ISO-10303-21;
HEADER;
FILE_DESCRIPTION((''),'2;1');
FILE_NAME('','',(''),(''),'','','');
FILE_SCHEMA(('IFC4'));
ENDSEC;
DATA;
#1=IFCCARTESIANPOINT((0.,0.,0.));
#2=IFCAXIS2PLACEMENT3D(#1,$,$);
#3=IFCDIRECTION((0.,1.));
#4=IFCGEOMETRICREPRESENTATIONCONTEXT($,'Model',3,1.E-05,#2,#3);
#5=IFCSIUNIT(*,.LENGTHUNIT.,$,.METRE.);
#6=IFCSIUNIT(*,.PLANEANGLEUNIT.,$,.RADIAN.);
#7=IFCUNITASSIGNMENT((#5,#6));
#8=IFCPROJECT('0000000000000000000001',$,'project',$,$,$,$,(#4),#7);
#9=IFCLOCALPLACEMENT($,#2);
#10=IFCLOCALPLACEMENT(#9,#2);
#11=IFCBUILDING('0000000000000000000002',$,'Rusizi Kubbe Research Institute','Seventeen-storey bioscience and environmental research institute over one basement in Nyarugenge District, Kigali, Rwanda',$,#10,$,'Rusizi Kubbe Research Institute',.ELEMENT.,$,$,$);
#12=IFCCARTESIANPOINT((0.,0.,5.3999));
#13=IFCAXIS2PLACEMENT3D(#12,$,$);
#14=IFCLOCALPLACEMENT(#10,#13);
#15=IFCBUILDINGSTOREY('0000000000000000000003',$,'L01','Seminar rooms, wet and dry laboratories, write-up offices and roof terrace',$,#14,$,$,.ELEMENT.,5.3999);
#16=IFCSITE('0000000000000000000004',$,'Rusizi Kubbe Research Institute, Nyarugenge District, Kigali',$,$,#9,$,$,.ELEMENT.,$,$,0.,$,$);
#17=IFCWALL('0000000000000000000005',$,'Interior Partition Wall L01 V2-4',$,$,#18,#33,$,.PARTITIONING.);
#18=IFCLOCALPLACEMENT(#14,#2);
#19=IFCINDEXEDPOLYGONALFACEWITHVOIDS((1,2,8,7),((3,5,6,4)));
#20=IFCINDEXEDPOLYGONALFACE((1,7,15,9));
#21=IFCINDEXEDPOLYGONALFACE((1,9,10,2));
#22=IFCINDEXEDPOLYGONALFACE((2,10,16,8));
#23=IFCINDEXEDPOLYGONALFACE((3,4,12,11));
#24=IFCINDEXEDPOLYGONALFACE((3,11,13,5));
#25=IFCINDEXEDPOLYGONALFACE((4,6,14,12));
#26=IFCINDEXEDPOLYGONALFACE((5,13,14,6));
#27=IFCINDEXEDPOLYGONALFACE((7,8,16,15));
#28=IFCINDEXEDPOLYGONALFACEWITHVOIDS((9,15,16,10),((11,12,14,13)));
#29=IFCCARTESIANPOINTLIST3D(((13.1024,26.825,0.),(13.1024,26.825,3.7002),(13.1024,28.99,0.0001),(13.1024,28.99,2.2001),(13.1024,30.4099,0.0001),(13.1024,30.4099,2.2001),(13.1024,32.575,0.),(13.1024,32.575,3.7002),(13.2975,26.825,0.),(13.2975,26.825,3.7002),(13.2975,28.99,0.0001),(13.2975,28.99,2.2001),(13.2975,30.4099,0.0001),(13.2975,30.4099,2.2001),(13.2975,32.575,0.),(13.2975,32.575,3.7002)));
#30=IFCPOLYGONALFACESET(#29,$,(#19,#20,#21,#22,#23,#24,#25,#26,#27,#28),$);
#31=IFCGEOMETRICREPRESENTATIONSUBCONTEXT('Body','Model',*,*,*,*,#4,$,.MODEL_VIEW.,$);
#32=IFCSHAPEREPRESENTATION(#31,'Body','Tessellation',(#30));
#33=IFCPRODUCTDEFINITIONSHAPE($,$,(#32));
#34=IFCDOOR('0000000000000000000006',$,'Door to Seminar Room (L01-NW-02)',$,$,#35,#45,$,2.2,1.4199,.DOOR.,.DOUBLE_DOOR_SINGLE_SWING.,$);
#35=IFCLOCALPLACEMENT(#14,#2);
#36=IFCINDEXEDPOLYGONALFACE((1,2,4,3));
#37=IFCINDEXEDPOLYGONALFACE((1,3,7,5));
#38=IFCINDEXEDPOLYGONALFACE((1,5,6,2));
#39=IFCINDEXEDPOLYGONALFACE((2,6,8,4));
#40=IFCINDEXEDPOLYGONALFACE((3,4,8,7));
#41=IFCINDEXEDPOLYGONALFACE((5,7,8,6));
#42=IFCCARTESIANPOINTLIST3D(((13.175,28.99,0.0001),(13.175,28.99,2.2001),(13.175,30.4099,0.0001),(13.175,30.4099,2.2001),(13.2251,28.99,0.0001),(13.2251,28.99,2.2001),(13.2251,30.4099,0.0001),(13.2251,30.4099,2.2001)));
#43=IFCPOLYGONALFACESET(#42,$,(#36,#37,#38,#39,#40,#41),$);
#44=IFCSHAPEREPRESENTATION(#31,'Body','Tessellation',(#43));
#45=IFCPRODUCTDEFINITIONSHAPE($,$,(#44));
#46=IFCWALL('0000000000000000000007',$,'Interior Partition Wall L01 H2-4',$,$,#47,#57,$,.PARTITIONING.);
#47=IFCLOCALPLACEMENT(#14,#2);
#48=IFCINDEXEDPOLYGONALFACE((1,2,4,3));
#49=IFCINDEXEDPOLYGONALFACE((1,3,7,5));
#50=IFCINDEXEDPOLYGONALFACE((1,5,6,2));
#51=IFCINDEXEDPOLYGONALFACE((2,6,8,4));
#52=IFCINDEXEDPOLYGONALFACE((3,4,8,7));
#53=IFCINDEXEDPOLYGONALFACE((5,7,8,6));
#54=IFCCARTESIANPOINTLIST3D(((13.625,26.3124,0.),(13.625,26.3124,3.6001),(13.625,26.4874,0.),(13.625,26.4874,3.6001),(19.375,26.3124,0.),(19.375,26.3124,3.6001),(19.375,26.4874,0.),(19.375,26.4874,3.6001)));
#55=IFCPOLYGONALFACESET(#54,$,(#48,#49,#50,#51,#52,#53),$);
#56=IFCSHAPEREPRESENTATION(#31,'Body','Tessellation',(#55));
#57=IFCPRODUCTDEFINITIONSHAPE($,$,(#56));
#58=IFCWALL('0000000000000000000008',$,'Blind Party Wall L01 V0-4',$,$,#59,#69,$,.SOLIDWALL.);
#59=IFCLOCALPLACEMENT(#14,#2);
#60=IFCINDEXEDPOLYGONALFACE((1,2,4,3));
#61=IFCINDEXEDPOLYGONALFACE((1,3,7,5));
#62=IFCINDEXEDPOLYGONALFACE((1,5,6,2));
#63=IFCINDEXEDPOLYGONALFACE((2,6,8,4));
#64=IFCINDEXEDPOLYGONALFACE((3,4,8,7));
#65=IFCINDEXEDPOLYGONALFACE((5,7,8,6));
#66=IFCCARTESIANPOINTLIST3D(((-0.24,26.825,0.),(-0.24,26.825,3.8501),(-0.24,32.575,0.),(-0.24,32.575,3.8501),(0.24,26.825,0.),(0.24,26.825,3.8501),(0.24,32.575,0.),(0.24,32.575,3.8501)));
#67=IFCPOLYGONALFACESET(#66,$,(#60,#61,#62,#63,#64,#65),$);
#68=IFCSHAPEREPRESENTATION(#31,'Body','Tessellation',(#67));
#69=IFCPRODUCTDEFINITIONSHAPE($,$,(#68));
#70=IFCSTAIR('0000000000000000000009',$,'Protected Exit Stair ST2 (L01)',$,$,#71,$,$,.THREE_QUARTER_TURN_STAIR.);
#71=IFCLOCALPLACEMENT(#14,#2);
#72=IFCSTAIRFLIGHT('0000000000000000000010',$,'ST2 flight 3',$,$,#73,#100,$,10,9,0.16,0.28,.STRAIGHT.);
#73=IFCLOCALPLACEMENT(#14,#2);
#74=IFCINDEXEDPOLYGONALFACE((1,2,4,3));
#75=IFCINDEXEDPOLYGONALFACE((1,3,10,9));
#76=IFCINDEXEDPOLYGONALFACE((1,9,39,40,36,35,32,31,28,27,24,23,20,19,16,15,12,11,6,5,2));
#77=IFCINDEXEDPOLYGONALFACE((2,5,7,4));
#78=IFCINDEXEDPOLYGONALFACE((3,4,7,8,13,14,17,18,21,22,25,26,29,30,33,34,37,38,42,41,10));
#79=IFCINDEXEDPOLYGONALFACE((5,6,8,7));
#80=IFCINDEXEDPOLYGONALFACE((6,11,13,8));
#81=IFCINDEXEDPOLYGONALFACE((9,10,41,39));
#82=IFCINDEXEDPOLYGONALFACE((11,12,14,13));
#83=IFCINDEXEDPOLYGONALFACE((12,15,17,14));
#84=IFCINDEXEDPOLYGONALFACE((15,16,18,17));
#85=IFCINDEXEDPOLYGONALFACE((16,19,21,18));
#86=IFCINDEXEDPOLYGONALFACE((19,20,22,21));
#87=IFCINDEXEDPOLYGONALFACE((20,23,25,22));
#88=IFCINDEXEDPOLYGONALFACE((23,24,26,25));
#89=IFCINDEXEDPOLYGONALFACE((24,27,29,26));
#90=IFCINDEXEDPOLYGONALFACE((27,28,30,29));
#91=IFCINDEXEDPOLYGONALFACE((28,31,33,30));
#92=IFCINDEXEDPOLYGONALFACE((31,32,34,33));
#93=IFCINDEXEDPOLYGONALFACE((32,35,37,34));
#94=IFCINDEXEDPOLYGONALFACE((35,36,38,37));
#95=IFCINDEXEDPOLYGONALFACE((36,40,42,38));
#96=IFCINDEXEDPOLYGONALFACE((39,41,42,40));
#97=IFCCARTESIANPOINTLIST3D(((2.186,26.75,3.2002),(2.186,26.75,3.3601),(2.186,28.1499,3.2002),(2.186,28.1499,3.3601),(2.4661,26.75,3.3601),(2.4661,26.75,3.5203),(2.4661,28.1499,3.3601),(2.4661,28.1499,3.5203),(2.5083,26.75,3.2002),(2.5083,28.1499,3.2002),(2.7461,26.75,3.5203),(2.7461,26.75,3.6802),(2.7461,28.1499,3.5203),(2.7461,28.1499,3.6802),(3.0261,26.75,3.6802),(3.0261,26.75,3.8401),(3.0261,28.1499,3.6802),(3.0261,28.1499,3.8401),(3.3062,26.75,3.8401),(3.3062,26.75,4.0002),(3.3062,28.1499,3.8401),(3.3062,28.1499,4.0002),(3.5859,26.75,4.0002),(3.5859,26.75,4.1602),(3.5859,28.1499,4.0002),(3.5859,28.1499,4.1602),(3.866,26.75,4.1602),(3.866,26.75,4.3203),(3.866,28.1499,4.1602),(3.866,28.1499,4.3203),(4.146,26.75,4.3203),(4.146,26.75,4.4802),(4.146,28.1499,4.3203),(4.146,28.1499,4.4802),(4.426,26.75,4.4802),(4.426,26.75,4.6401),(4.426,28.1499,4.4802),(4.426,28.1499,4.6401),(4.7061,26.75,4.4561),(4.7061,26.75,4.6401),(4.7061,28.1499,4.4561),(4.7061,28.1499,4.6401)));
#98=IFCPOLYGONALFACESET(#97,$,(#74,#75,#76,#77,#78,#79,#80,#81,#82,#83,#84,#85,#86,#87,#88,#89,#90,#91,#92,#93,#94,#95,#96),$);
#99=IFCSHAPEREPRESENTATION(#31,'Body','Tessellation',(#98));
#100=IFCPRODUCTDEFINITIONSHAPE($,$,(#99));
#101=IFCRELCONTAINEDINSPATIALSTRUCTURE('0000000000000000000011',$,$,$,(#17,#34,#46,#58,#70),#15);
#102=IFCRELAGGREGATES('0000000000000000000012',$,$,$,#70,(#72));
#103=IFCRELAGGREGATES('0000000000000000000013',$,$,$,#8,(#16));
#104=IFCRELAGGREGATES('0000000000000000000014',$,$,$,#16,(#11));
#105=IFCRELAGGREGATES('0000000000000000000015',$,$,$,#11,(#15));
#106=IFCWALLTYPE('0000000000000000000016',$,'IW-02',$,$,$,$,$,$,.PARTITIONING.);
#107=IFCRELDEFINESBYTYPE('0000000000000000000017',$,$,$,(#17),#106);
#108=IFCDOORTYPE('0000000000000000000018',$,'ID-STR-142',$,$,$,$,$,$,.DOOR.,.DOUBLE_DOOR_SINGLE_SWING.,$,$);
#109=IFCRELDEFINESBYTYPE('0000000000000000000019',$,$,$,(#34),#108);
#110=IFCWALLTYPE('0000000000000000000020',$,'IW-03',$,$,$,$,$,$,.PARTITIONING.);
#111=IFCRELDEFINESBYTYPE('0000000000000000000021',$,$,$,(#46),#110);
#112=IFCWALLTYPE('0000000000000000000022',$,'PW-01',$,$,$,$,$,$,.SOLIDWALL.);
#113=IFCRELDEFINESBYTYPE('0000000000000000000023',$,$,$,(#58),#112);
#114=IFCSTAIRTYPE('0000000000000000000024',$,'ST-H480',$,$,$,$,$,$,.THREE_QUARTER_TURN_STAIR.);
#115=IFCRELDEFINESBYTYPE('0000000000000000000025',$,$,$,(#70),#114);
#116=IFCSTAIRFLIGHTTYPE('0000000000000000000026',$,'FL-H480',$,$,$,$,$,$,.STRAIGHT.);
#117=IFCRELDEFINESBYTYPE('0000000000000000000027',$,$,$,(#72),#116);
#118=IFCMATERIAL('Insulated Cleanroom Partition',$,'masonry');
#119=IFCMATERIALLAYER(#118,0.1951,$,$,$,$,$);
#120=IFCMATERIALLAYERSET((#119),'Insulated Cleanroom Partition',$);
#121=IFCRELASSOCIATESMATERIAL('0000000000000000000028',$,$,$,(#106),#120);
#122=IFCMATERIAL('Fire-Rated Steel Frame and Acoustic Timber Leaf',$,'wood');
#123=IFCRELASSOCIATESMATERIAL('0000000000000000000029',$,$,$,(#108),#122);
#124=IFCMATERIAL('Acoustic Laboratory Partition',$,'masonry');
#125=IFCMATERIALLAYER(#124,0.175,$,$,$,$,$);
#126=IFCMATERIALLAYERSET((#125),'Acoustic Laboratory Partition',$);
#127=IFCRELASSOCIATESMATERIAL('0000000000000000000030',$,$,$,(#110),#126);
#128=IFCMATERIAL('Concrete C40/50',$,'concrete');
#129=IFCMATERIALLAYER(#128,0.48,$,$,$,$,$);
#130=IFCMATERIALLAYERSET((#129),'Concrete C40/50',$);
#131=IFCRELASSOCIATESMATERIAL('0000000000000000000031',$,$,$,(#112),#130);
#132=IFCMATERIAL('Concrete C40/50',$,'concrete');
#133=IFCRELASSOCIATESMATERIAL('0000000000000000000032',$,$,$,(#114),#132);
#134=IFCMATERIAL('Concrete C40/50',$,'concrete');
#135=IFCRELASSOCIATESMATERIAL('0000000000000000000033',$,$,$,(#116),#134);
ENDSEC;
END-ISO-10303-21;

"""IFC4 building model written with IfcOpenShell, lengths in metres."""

from ifc_helpers import new_model, si_unit, direction, frame, frame_2d, origin, place, context, subcontext, project, spatial, polyline, rectangle, outline, extrude, material, layer, layer_set, type_object, element, fill, aggregate, save


model = new_model("IFC4")

# Units and contexts
model_context = context("Model", 3, precision=1e-05, world=origin(), true_north=direction((0.0, 1.0)))
body_context = subcontext(model_context, "Body", "Model", "MODEL_VIEW")
ifc_project = project(units=[si_unit("LENGTHUNIT", "METRE"), si_unit("PLANEANGLEUNIT", "RADIAN")], contexts=[model_context])

# Site, building, storey
site_placement = place(None, origin())
site = spatial("IfcSite", under=ifc_project, at=site_placement, Name="Rusizi Kubbe Research Institute, Nyarugenge District, Kigali", CompositionType="ELEMENT", RefElevation=0.0)
building_placement = place(site_placement, origin())
building = spatial("IfcBuilding", under=site, at=building_placement, Name="Rusizi Kubbe Research Institute", Description="Seventeen-storey bioscience and environmental research institute over one basement in Nyarugenge District, Kigali, Rwanda", LongName="Rusizi Kubbe Research Institute", CompositionType="ELEMENT")
storey_placement = place(building_placement, frame((0.0, 0.0, 5.3999)))
storey = spatial("IfcBuildingStorey", under=building, at=storey_placement, Name="L01", Description="Seminar rooms, wet and dry laboratories, write-up offices and roof terrace", CompositionType="ELEMENT", Elevation=5.3999)

# Wall, opening, door
ifc_material_1 = material(Name="Insulated Cleanroom Partition", Category="masonry")
ifc_layer_1 = layer(ifc_material_1, 0.1951)
ifc_layer_set_1 = layer_set([ifc_layer_1], Name="Insulated Cleanroom Partition")
wall_type_1 = type_object("IfcWallType", Name="IW-02", PredefinedType="PARTITIONING", material=ifc_layer_set_1)
wall_1_placement = place(storey_placement, frame((13.2, 26.825, 0.0), z_axis=(0.0, 0.0, 1.0), x_axis=(0.0, 1.0, 0.0)))
wall_1 = element("IfcWall", 1, at=wall_1_placement, inside=storey, type_object=wall_type_1, Name="Interior Partition Wall L01 V2-4", PredefinedType="PARTITIONING", context=body_context, shape_type="SweptSolid", body=[
    extrude(rectangle(XDim=5.75, YDim=0.1951, at=frame_2d((2.875, 0.0))), origin(), (0.0, 0.0, 1.0), 3.7002),
])
opening_1_placement = place(wall_1_placement, frame((2.165, 0.0, 0.0)))
opening_1 = element("IfcOpeningElement", 2, at=opening_1_placement, cuts=wall_1, PredefinedType="OPENING", context=body_context, shape_type="SweptSolid", body=[
    extrude(rectangle(XDim=1.4199, YDim=2.2, at=frame_2d((0.71, 1.1001))), frame((0.0, 0.1074, 0.0), z_axis=(0.0, -1.0, 0.0), x_axis=(1.0, 0.0, 0.0)), (0.0, 0.0, 1.0), 0.2151),
])
ifc_material_2 = material(Name="Fire-Rated Steel Frame and Acoustic Timber Leaf", Category="wood")
door_type_1 = type_object("IfcDoorType", Name="ID-STR-142", OperationType="DOUBLE_DOOR_SINGLE_SWING", PredefinedType="DOOR", material=ifc_material_2)
door_1_placement = place(opening_1_placement, origin())
door_1 = element("IfcDoor", 3, at=door_1_placement, inside=storey, type_object=door_type_1, Name="Door to Seminar Room (L01-NW-02)", OperationType="DOUBLE_DOOR_SINGLE_SWING", OverallHeight=2.2, OverallWidth=1.4199, PredefinedType="DOOR", context=body_context, shape_type="SweptSolid", body=[
    extrude(rectangle(XDim=1.4199, YDim=2.2, at=frame_2d((0.71, 1.1001))), frame((0.0, 0.0249, 0.0), z_axis=(0.0, -1.0, 0.0), x_axis=(1.0, 0.0, 0.0)), (0.0, 0.0, 1.0), 0.05),
])
fill(opening_1, door_1)

# Walls
ifc_material_3 = material(Name="Acoustic Laboratory Partition", Category="masonry")
ifc_layer_2 = layer(ifc_material_3, 0.175)
ifc_layer_set_2 = layer_set([ifc_layer_2], Name="Acoustic Laboratory Partition")
wall_type_2 = type_object("IfcWallType", Name="IW-03", PredefinedType="PARTITIONING", material=ifc_layer_set_2)
wall_2_placement = place(storey_placement, frame((13.625, 26.3999, 0.0), z_axis=(0.0, 0.0, 1.0), x_axis=(1.0, 0.0, 0.0)))
element("IfcWall", 4, at=wall_2_placement, inside=storey, type_object=wall_type_2, Name="Interior Partition Wall L01 H2-4", PredefinedType="PARTITIONING", context=body_context, shape_type="SweptSolid", body=[
    extrude(rectangle(XDim=5.75, YDim=0.175, at=frame_2d((2.875, 0.0))), origin(), (0.0, 0.0, 1.0), 3.6001),
])
ifc_material_4 = material(Name="Concrete C40/50", Category="concrete")
ifc_layer_3 = layer(ifc_material_4, 0.48)
ifc_layer_set_3 = layer_set([ifc_layer_3], Name="Concrete C40/50")
wall_type_3 = type_object("IfcWallType", Name="PW-01", PredefinedType="SOLIDWALL", material=ifc_layer_set_3)
wall_3_placement = place(storey_placement, frame((0.0, 26.825, 0.0), z_axis=(0.0, 0.0, 1.0), x_axis=(0.0, 1.0, 0.0)))
element("IfcWall", 5, at=wall_3_placement, inside=storey, type_object=wall_type_3, Name="Blind Party Wall L01 V0-4", PredefinedType="SOLIDWALL", context=body_context, shape_type="SweptSolid", body=[
    extrude(rectangle(XDim=5.75, YDim=0.48, at=frame_2d((2.875, 0.0))), origin(), (0.0, 0.0, 1.0), 3.8501),
])

# Stair, stair flight
ifc_material_5 = material(Name="Concrete C40/50", Category="concrete")
stair_type = type_object("IfcStairType", Name="ST-H480", PredefinedType="THREE_QUARTER_TURN_STAIR", material=ifc_material_5)
stair_placement = place(storey_placement, origin())
stair = element("IfcStair", 6, at=stair_placement, inside=storey, type_object=stair_type, Name="Protected Exit Stair ST2 (L01)", PredefinedType="THREE_QUARTER_TURN_STAIR")
ifc_material_6 = material(Name="Concrete C40/50", Category="concrete")
stair_flight_type = type_object("IfcStairFlightType", Name="FL-H480", PredefinedType="STRAIGHT", material=ifc_material_6)
stair_flight_placement = place(storey_placement, frame((2.186, 27.45, 3.2002), z_axis=(0.0, 0.0, 1.0), x_axis=(1.0, 0.0, 0.0)))
stair_flight = element("IfcStairFlight", 7, at=stair_flight_placement, type_object=stair_flight_type, Name="ST2 flight 3", NumberOfRisers=10, NumberOfTreads=9, PredefinedType="STRAIGHT", RiserHeight=0.16, TreadLength=0.28, context=body_context, shape_type="SweptSolid", body=[
    extrude(outline(polyline([(0.0, 0.0), (0.0, 0.1599), (0.28, 0.1599), (0.28, 0.3201), (0.5601, 0.3201), (0.5601, 0.48), (0.8401, 0.48), (0.8401, 0.6399), (1.1201, 0.6399), (1.1201, 0.8), (1.3999, 0.8), (1.3999, 0.96), (1.6799, 0.96), (1.6799, 1.1201), (1.96, 1.1201), (1.96, 1.28), (2.24, 1.28), (2.24, 1.4399), (2.52, 1.4399), (2.52, 1.6001), (2.52, 1.2559), (0.3223, 0.0), (0.0, 0.0)])), frame((0.0, 0.7, 0.0), z_axis=(0.0, -1.0, 0.0), x_axis=(1.0, 0.0, 0.0)), (0.0, 0.0, 1.0), 1.3999),
])
aggregate(stair, [stair_flight])

save(model, "model.ifc")
